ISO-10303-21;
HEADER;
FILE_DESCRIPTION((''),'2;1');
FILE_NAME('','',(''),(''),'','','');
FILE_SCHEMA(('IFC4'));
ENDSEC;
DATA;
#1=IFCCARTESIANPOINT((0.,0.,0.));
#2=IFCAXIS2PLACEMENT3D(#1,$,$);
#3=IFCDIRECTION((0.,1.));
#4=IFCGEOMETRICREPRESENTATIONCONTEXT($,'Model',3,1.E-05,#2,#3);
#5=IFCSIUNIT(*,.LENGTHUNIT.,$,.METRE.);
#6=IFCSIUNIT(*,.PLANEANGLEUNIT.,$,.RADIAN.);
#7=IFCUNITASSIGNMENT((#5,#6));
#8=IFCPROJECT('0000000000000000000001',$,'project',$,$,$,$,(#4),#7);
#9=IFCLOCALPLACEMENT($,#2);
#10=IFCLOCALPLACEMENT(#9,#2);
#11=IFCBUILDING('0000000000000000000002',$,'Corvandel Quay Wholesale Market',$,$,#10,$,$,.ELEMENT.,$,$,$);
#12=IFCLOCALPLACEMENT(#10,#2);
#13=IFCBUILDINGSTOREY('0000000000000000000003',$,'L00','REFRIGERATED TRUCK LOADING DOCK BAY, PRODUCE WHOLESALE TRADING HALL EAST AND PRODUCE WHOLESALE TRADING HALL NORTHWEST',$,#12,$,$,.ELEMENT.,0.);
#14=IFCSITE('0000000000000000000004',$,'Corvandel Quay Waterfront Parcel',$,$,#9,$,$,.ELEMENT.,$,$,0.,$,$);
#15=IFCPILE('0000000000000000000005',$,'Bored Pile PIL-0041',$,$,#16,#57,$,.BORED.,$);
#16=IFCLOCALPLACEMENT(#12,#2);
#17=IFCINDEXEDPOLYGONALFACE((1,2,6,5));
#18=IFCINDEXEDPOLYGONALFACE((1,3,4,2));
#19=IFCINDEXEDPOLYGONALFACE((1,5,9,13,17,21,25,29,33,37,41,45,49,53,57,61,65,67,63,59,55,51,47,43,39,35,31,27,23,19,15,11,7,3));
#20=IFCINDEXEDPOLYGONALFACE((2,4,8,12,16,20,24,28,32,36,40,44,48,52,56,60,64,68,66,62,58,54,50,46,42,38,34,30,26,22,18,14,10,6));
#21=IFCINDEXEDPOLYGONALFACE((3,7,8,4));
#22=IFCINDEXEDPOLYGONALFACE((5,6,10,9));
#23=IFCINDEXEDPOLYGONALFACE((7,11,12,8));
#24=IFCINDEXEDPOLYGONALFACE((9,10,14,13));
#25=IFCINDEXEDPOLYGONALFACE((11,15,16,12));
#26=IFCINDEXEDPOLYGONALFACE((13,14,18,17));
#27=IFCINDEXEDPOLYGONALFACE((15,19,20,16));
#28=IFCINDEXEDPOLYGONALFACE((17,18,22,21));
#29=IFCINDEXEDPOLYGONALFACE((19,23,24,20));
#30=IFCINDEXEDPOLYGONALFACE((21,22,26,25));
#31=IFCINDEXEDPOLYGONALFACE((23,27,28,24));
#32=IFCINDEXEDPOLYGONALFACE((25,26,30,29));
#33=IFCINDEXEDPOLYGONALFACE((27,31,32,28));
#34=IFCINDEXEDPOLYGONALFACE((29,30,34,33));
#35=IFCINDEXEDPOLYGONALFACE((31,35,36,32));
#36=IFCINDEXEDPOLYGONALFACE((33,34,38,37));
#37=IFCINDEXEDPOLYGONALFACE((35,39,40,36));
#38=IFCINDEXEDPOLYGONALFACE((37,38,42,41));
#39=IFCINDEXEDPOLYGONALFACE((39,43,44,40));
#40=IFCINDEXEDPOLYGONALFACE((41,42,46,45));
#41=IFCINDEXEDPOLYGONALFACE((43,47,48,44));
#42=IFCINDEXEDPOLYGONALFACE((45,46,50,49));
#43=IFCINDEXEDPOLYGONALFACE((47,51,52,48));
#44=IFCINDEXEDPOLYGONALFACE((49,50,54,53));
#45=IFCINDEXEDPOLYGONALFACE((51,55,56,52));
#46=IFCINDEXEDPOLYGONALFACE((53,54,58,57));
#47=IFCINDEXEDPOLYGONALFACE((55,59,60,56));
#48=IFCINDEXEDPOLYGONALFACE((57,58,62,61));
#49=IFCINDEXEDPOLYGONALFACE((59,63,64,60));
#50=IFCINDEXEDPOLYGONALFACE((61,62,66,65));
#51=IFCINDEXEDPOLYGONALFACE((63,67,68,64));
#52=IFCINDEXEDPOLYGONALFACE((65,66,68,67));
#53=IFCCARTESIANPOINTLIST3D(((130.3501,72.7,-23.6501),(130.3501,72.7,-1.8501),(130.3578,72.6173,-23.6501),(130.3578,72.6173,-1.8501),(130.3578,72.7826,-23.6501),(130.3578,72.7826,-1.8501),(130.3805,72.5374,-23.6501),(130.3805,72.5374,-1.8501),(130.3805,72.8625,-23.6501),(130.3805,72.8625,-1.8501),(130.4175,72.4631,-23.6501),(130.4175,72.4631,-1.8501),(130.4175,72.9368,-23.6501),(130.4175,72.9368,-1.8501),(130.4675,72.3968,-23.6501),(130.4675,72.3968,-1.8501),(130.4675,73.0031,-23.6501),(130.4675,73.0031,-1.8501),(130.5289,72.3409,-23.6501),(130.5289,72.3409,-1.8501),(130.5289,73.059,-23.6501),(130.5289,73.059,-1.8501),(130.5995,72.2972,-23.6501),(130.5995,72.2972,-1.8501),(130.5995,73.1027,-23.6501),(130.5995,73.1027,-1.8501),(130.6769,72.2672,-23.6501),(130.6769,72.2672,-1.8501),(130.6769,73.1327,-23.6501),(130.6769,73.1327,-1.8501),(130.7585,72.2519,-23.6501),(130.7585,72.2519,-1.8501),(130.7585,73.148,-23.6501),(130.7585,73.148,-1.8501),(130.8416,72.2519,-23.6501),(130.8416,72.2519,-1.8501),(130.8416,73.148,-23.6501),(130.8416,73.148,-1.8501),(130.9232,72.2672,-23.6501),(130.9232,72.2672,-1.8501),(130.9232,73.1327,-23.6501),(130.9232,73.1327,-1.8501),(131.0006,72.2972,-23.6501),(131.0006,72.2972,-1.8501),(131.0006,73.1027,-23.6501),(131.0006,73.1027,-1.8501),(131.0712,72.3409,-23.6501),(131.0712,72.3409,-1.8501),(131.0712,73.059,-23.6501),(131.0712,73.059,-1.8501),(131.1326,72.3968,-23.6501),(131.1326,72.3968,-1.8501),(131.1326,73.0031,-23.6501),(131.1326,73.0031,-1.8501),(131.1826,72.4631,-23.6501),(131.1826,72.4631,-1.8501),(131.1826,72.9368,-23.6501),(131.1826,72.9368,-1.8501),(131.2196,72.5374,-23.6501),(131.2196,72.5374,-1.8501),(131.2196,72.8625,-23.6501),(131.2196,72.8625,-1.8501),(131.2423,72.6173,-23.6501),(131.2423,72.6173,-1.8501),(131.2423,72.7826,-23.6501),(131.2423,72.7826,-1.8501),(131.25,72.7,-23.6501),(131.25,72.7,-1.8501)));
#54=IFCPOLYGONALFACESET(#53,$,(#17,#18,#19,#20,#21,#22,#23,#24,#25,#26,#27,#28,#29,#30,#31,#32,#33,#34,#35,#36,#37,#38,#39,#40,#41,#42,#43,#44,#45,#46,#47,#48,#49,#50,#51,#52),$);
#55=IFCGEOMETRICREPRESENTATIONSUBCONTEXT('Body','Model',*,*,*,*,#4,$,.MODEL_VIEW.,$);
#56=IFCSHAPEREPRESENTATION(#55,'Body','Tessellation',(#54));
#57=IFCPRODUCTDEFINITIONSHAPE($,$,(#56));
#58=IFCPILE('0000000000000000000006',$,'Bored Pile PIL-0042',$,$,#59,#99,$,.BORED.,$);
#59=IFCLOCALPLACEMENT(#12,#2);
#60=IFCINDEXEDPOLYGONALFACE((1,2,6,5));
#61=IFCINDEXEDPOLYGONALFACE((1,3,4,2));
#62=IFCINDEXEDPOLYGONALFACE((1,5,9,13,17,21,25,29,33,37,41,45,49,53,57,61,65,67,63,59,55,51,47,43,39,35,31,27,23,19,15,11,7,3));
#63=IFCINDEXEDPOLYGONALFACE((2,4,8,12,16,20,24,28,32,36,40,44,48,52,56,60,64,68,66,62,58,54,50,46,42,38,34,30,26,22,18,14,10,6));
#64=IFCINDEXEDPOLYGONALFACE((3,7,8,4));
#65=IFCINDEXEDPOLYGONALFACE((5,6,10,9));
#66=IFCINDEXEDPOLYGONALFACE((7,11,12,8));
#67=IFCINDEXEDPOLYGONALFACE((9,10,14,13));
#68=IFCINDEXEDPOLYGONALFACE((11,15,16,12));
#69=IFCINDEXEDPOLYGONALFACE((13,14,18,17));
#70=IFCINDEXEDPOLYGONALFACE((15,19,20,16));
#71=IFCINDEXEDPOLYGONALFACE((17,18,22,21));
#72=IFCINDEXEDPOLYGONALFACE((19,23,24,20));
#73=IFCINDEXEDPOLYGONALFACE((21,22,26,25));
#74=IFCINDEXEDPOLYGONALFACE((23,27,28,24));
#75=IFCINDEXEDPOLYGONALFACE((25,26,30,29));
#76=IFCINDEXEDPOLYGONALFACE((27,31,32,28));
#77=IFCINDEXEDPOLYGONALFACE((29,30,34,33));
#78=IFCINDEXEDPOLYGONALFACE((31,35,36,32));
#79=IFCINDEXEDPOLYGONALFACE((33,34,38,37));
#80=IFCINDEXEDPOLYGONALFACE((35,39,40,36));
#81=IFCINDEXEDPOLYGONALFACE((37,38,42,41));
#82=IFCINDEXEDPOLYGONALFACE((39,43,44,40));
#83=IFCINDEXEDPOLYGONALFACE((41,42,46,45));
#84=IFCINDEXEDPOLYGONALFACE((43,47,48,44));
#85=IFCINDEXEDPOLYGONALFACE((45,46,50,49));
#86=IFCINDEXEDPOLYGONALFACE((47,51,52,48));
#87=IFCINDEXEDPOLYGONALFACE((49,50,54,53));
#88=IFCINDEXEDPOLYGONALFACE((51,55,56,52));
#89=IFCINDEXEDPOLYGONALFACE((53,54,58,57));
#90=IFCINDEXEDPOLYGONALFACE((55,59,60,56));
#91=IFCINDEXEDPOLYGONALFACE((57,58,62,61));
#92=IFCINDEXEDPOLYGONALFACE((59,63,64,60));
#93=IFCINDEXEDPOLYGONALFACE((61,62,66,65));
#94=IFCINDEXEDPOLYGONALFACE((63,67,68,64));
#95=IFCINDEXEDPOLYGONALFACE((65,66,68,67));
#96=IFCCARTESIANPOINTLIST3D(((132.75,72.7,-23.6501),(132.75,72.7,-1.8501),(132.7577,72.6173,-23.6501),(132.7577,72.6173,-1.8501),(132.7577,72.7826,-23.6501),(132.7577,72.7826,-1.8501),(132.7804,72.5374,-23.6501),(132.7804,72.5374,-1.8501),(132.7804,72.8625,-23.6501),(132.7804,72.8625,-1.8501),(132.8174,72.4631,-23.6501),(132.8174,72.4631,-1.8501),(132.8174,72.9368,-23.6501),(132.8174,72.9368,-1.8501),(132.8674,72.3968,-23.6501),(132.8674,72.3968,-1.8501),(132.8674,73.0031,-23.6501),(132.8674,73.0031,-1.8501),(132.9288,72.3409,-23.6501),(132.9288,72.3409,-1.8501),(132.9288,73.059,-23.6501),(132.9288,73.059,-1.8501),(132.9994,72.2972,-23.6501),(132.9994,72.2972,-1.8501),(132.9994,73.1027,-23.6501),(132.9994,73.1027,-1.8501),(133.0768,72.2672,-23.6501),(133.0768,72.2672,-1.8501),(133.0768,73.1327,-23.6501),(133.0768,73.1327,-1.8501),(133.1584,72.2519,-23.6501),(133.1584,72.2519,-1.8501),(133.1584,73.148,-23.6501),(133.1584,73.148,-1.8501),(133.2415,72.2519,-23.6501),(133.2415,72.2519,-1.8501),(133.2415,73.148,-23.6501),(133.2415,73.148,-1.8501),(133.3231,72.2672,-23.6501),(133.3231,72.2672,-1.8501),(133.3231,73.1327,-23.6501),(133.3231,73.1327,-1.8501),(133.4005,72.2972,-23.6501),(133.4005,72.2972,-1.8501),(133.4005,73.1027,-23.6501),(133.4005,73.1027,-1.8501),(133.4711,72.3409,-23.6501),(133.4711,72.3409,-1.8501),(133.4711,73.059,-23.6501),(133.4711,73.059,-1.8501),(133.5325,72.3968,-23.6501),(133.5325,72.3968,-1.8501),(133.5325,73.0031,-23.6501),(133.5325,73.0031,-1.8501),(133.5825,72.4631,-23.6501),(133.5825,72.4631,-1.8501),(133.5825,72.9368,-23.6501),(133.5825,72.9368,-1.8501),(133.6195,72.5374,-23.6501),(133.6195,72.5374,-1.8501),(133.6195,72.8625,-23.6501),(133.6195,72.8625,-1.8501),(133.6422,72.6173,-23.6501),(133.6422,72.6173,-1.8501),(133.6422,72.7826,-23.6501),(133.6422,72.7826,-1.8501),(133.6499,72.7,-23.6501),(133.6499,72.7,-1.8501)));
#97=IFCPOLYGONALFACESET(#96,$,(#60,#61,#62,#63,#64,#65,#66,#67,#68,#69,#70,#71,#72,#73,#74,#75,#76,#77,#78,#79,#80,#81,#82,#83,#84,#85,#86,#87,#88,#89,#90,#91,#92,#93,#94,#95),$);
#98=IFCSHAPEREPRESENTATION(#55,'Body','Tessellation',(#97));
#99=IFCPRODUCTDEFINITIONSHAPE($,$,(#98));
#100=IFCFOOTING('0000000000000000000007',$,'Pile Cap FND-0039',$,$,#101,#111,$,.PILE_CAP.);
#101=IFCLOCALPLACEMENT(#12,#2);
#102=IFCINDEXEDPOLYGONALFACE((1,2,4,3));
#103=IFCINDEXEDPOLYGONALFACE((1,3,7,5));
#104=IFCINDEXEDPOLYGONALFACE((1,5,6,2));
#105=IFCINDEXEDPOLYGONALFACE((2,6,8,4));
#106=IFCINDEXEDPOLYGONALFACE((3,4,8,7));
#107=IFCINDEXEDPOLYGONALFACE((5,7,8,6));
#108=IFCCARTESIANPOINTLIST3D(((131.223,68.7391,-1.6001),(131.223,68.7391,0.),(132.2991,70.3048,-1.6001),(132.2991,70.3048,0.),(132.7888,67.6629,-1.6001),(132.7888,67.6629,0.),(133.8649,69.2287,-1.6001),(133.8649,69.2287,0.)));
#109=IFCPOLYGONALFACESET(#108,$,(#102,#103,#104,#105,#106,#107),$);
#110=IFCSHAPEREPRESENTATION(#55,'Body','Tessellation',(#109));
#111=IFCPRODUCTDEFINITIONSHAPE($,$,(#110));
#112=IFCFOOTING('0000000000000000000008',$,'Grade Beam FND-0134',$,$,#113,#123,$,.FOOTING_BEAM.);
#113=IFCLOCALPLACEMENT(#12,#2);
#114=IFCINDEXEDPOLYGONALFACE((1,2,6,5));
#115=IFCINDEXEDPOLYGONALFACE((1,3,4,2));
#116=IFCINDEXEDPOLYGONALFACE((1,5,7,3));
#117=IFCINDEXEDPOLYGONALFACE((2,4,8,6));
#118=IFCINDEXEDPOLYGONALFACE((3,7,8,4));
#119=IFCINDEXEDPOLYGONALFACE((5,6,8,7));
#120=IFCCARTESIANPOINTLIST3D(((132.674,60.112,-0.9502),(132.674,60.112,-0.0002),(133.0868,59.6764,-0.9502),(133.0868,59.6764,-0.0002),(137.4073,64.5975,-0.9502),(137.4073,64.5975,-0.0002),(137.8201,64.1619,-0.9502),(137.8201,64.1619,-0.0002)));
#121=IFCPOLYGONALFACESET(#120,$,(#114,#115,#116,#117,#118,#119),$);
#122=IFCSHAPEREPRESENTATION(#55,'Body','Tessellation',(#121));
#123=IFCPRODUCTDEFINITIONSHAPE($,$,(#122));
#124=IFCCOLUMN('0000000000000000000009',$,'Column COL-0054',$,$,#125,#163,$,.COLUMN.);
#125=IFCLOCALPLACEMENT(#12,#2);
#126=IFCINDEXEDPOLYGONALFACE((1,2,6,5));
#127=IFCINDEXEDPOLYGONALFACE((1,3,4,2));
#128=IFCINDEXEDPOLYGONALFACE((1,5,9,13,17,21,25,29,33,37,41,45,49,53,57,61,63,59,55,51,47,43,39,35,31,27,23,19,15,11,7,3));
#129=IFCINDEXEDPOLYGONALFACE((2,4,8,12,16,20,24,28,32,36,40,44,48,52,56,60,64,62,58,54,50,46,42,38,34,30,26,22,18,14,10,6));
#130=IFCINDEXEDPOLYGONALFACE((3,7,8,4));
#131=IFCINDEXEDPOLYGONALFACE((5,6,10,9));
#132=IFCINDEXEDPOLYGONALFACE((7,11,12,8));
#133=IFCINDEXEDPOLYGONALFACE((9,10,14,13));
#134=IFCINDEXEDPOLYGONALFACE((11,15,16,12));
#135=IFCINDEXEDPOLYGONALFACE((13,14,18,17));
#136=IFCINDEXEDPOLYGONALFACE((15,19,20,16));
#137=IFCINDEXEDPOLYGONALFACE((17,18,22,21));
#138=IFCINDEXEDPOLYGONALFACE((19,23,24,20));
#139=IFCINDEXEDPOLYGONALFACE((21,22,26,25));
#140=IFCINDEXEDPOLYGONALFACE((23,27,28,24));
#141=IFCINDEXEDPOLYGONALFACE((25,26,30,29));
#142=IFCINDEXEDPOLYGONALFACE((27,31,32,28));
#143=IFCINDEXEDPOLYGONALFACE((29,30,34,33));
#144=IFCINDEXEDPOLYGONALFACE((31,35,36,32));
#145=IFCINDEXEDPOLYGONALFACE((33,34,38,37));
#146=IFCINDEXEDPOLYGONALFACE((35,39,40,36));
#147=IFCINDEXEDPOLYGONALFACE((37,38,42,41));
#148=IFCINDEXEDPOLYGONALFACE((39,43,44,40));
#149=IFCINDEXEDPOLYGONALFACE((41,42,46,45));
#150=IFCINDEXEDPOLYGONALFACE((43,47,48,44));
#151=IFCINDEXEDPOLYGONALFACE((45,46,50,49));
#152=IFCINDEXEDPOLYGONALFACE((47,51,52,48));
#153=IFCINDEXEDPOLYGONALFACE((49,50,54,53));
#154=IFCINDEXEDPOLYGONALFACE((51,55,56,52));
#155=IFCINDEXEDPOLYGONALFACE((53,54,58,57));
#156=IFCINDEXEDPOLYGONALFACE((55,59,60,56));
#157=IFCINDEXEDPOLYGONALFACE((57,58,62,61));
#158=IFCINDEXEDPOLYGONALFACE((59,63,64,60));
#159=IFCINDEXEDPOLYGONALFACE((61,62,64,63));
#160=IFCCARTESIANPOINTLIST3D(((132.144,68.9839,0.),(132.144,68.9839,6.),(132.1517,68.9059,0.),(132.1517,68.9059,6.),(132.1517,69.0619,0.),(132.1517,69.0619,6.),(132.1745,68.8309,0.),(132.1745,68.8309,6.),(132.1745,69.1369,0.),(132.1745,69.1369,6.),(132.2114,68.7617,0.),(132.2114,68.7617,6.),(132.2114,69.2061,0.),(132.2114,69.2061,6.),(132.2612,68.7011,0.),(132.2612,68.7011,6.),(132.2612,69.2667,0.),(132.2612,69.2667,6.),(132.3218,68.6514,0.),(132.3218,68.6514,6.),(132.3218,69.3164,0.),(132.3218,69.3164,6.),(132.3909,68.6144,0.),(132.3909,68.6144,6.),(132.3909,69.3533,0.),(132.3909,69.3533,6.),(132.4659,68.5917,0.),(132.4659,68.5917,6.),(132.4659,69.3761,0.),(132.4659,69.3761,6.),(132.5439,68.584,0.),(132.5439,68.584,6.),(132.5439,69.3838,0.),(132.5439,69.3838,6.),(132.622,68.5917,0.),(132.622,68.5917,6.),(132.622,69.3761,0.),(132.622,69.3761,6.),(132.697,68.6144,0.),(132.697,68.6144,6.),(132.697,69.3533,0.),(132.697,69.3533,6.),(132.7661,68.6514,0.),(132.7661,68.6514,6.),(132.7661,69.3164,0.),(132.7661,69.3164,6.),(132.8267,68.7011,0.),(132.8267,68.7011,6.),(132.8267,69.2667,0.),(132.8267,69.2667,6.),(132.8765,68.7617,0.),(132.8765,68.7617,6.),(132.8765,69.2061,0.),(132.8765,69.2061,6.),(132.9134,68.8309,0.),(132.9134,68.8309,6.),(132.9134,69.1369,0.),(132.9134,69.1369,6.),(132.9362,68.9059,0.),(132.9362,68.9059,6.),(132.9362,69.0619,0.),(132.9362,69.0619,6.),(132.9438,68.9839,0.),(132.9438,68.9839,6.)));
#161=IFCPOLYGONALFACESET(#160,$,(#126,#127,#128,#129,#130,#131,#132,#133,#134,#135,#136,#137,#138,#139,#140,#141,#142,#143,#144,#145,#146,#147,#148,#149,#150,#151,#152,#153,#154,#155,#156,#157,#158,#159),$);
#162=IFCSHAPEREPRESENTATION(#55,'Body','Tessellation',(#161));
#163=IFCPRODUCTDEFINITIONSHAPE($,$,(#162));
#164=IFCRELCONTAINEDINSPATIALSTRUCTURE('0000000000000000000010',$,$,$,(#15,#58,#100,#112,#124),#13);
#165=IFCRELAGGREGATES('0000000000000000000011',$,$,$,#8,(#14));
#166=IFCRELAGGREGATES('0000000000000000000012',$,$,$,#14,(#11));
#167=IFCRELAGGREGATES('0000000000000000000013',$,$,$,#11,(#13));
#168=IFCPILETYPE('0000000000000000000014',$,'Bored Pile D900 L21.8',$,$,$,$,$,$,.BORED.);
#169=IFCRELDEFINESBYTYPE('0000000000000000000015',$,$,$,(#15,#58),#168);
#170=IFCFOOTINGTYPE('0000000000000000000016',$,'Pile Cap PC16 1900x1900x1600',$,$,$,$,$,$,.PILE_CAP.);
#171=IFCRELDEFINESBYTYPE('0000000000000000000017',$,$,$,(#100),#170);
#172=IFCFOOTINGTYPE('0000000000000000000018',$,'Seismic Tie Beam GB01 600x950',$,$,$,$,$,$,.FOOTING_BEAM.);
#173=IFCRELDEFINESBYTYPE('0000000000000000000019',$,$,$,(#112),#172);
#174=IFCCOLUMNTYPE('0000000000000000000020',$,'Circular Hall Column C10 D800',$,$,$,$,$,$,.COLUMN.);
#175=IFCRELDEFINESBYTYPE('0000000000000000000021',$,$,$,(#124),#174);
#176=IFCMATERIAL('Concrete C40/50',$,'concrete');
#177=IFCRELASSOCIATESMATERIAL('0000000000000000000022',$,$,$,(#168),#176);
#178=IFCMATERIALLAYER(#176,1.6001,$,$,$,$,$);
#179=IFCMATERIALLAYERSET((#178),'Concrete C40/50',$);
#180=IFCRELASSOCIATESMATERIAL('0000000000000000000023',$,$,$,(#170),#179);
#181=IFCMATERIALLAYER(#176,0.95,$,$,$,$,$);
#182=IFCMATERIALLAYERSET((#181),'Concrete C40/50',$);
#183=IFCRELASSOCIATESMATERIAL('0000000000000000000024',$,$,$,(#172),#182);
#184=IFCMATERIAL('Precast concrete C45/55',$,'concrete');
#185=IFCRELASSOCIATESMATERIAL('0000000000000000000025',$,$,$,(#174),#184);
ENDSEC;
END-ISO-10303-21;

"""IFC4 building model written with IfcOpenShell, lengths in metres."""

from ifc_helpers import new_model, si_unit, direction, frame, origin, origin_2d, place, context, subcontext, project, spatial, rectangle, circle, extrude, material, layer, layer_set, material_profile, profile_set, type_object, element, save


model = new_model("IFC4")

# Units and contexts
model_context = context("Model", 3, precision=1e-05, world=origin(), true_north=direction((0.0, 1.0)))
body_context = subcontext(model_context, "Body", "Model", "MODEL_VIEW")
ifc_project = project(units=[si_unit("LENGTHUNIT", "METRE"), si_unit("PLANEANGLEUNIT", "RADIAN")], contexts=[model_context])

# Site, building, storey
site_placement = place(None, origin())
site = spatial("IfcSite", under=ifc_project, at=site_placement, Name="Corvandel Quay Waterfront Parcel", CompositionType="ELEMENT", RefElevation=0.0)
building_placement = place(site_placement, origin())
building = spatial("IfcBuilding", under=site, at=building_placement, Name="Corvandel Quay Wholesale Market", CompositionType="ELEMENT")
storey_placement = place(building_placement, origin())
storey = spatial("IfcBuildingStorey", under=building, at=storey_placement, Name="L00", Description="REFRIGERATED TRUCK LOADING DOCK BAY, PRODUCE WHOLESALE TRADING HALL EAST AND PRODUCE WHOLESALE TRADING HALL NORTHWEST", CompositionType="ELEMENT", Elevation=0.0)

# Piles
ifc_material_1 = material(Name="Concrete C40/50", Category="concrete")
ifc_material_profile_1 = material_profile(ifc_material_1, circle(Radius=0.45, at=origin_2d()), Name="RC-PILE-D900")
ifc_profile_set_1 = profile_set([ifc_material_profile_1], Name="Concrete C40/50")
pile_type_1 = type_object("IfcPileType", Name="Bored Pile D900 L21.8", PredefinedType="BORED", material=ifc_profile_set_1)
for number, where, z_axis, x_axis, name in (
    (1, (130.8, 72.7, -1.8501), (0.0, 0.0, -1.0), (1.0, 0.0, 0.0), "Bored Pile PIL-0041"),
    (2, (133.2, 72.7, -1.8501), (0.0, 0.0, -1.0), (1.0, 0.0, 0.0), "Bored Pile PIL-0042"),
):
    element("IfcPile", number, at=place(storey_placement, frame(where, z_axis=z_axis, x_axis=x_axis)), inside=storey, type_object=pile_type_1, Name=name, PredefinedType="BORED", context=body_context, shape_type="SweptSolid", body=[
        extrude(circle(Radius=0.45, at=origin_2d()), origin(), (0.0, 0.0, 1.0), 21.8),
    ])

# Footings
ifc_layer_1 = layer(ifc_material_1, 1.6001)
ifc_layer_set_1 = layer_set([ifc_layer_1], Name="Concrete C40/50")
footing_type_1 = type_object("IfcFootingType", Name="Pile Cap PC16 1900x1900x1600", PredefinedType="PILE_CAP", material=ifc_layer_set_1)
footing_1_placement = place(storey_placement, frame((132.5439, 68.9839, -1.6001), z_axis=(0.0, 0.0, 1.0), x_axis=(-0.824126, 0.566406, 0.0)))
element("IfcFooting", 3, at=footing_1_placement, inside=storey, type_object=footing_type_1, Name="Pile Cap FND-0039", PredefinedType="PILE_CAP", context=body_context, shape_type="SweptSolid", body=[
    extrude(rectangle(XDim=1.8999, YDim=1.8999, at=origin_2d()), origin(), (0.0, 0.0, 1.0), 1.6001),
])
ifc_layer_2 = layer(ifc_material_1, 0.95)
ifc_layer_set_2 = layer_set([ifc_layer_2], Name="Concrete C40/50")
footing_type_2 = type_object("IfcFootingType", Name="Seismic Tie Beam GB01 600x950", PredefinedType="FOOTING_BEAM", material=ifc_layer_set_2)
footing_2_placement = place(storey_placement, frame((135.2471, 62.137, -0.9502), z_axis=(0.0, 0.0, 1.0), x_axis=(0.725855, 0.687848, 0.0)))
element("IfcFooting", 4, at=footing_2_placement, inside=storey, type_object=footing_type_2, Name="Grade Beam FND-0134", PredefinedType="FOOTING_BEAM", context=body_context, shape_type="SweptSolid", body=[
    extrude(rectangle(XDim=6.521, YDim=0.6001, at=origin_2d()), origin(), (0.0, 0.0, 1.0), 0.95),
])

# Column
ifc_material_2 = material(Name="Precast concrete C45/55", Category="concrete")
ifc_material_profile_2 = material_profile(ifc_material_2, circle(Radius=0.3999, at=origin_2d()), Name="PC-COL-D800")
ifc_profile_set_2 = profile_set([ifc_material_profile_2], Name="Precast concrete C45/55")
column_type_1 = type_object("IfcColumnType", Name="Circular Hall Column C10 D800", PredefinedType="COLUMN", material=ifc_profile_set_2)
for number, where, z_axis, x_axis, name in (
    (5, (132.5439, 68.9839, 0.0), (0.0, 0.0, 1.0), (1.0, 0.0, 0.0), "Column COL-0054"),
):
    element("IfcColumn", number, at=place(storey_placement, frame(where, z_axis=z_axis, x_axis=x_axis)), inside=storey, type_object=column_type_1, Name=name, PredefinedType="COLUMN", context=body_context, shape_type="SweptSolid", body=[
        extrude(circle(Radius=0.3999, at=origin_2d()), origin(), (0.0, 0.0, 1.0), 6.0),
    ])

save(model, "model.ifc")
